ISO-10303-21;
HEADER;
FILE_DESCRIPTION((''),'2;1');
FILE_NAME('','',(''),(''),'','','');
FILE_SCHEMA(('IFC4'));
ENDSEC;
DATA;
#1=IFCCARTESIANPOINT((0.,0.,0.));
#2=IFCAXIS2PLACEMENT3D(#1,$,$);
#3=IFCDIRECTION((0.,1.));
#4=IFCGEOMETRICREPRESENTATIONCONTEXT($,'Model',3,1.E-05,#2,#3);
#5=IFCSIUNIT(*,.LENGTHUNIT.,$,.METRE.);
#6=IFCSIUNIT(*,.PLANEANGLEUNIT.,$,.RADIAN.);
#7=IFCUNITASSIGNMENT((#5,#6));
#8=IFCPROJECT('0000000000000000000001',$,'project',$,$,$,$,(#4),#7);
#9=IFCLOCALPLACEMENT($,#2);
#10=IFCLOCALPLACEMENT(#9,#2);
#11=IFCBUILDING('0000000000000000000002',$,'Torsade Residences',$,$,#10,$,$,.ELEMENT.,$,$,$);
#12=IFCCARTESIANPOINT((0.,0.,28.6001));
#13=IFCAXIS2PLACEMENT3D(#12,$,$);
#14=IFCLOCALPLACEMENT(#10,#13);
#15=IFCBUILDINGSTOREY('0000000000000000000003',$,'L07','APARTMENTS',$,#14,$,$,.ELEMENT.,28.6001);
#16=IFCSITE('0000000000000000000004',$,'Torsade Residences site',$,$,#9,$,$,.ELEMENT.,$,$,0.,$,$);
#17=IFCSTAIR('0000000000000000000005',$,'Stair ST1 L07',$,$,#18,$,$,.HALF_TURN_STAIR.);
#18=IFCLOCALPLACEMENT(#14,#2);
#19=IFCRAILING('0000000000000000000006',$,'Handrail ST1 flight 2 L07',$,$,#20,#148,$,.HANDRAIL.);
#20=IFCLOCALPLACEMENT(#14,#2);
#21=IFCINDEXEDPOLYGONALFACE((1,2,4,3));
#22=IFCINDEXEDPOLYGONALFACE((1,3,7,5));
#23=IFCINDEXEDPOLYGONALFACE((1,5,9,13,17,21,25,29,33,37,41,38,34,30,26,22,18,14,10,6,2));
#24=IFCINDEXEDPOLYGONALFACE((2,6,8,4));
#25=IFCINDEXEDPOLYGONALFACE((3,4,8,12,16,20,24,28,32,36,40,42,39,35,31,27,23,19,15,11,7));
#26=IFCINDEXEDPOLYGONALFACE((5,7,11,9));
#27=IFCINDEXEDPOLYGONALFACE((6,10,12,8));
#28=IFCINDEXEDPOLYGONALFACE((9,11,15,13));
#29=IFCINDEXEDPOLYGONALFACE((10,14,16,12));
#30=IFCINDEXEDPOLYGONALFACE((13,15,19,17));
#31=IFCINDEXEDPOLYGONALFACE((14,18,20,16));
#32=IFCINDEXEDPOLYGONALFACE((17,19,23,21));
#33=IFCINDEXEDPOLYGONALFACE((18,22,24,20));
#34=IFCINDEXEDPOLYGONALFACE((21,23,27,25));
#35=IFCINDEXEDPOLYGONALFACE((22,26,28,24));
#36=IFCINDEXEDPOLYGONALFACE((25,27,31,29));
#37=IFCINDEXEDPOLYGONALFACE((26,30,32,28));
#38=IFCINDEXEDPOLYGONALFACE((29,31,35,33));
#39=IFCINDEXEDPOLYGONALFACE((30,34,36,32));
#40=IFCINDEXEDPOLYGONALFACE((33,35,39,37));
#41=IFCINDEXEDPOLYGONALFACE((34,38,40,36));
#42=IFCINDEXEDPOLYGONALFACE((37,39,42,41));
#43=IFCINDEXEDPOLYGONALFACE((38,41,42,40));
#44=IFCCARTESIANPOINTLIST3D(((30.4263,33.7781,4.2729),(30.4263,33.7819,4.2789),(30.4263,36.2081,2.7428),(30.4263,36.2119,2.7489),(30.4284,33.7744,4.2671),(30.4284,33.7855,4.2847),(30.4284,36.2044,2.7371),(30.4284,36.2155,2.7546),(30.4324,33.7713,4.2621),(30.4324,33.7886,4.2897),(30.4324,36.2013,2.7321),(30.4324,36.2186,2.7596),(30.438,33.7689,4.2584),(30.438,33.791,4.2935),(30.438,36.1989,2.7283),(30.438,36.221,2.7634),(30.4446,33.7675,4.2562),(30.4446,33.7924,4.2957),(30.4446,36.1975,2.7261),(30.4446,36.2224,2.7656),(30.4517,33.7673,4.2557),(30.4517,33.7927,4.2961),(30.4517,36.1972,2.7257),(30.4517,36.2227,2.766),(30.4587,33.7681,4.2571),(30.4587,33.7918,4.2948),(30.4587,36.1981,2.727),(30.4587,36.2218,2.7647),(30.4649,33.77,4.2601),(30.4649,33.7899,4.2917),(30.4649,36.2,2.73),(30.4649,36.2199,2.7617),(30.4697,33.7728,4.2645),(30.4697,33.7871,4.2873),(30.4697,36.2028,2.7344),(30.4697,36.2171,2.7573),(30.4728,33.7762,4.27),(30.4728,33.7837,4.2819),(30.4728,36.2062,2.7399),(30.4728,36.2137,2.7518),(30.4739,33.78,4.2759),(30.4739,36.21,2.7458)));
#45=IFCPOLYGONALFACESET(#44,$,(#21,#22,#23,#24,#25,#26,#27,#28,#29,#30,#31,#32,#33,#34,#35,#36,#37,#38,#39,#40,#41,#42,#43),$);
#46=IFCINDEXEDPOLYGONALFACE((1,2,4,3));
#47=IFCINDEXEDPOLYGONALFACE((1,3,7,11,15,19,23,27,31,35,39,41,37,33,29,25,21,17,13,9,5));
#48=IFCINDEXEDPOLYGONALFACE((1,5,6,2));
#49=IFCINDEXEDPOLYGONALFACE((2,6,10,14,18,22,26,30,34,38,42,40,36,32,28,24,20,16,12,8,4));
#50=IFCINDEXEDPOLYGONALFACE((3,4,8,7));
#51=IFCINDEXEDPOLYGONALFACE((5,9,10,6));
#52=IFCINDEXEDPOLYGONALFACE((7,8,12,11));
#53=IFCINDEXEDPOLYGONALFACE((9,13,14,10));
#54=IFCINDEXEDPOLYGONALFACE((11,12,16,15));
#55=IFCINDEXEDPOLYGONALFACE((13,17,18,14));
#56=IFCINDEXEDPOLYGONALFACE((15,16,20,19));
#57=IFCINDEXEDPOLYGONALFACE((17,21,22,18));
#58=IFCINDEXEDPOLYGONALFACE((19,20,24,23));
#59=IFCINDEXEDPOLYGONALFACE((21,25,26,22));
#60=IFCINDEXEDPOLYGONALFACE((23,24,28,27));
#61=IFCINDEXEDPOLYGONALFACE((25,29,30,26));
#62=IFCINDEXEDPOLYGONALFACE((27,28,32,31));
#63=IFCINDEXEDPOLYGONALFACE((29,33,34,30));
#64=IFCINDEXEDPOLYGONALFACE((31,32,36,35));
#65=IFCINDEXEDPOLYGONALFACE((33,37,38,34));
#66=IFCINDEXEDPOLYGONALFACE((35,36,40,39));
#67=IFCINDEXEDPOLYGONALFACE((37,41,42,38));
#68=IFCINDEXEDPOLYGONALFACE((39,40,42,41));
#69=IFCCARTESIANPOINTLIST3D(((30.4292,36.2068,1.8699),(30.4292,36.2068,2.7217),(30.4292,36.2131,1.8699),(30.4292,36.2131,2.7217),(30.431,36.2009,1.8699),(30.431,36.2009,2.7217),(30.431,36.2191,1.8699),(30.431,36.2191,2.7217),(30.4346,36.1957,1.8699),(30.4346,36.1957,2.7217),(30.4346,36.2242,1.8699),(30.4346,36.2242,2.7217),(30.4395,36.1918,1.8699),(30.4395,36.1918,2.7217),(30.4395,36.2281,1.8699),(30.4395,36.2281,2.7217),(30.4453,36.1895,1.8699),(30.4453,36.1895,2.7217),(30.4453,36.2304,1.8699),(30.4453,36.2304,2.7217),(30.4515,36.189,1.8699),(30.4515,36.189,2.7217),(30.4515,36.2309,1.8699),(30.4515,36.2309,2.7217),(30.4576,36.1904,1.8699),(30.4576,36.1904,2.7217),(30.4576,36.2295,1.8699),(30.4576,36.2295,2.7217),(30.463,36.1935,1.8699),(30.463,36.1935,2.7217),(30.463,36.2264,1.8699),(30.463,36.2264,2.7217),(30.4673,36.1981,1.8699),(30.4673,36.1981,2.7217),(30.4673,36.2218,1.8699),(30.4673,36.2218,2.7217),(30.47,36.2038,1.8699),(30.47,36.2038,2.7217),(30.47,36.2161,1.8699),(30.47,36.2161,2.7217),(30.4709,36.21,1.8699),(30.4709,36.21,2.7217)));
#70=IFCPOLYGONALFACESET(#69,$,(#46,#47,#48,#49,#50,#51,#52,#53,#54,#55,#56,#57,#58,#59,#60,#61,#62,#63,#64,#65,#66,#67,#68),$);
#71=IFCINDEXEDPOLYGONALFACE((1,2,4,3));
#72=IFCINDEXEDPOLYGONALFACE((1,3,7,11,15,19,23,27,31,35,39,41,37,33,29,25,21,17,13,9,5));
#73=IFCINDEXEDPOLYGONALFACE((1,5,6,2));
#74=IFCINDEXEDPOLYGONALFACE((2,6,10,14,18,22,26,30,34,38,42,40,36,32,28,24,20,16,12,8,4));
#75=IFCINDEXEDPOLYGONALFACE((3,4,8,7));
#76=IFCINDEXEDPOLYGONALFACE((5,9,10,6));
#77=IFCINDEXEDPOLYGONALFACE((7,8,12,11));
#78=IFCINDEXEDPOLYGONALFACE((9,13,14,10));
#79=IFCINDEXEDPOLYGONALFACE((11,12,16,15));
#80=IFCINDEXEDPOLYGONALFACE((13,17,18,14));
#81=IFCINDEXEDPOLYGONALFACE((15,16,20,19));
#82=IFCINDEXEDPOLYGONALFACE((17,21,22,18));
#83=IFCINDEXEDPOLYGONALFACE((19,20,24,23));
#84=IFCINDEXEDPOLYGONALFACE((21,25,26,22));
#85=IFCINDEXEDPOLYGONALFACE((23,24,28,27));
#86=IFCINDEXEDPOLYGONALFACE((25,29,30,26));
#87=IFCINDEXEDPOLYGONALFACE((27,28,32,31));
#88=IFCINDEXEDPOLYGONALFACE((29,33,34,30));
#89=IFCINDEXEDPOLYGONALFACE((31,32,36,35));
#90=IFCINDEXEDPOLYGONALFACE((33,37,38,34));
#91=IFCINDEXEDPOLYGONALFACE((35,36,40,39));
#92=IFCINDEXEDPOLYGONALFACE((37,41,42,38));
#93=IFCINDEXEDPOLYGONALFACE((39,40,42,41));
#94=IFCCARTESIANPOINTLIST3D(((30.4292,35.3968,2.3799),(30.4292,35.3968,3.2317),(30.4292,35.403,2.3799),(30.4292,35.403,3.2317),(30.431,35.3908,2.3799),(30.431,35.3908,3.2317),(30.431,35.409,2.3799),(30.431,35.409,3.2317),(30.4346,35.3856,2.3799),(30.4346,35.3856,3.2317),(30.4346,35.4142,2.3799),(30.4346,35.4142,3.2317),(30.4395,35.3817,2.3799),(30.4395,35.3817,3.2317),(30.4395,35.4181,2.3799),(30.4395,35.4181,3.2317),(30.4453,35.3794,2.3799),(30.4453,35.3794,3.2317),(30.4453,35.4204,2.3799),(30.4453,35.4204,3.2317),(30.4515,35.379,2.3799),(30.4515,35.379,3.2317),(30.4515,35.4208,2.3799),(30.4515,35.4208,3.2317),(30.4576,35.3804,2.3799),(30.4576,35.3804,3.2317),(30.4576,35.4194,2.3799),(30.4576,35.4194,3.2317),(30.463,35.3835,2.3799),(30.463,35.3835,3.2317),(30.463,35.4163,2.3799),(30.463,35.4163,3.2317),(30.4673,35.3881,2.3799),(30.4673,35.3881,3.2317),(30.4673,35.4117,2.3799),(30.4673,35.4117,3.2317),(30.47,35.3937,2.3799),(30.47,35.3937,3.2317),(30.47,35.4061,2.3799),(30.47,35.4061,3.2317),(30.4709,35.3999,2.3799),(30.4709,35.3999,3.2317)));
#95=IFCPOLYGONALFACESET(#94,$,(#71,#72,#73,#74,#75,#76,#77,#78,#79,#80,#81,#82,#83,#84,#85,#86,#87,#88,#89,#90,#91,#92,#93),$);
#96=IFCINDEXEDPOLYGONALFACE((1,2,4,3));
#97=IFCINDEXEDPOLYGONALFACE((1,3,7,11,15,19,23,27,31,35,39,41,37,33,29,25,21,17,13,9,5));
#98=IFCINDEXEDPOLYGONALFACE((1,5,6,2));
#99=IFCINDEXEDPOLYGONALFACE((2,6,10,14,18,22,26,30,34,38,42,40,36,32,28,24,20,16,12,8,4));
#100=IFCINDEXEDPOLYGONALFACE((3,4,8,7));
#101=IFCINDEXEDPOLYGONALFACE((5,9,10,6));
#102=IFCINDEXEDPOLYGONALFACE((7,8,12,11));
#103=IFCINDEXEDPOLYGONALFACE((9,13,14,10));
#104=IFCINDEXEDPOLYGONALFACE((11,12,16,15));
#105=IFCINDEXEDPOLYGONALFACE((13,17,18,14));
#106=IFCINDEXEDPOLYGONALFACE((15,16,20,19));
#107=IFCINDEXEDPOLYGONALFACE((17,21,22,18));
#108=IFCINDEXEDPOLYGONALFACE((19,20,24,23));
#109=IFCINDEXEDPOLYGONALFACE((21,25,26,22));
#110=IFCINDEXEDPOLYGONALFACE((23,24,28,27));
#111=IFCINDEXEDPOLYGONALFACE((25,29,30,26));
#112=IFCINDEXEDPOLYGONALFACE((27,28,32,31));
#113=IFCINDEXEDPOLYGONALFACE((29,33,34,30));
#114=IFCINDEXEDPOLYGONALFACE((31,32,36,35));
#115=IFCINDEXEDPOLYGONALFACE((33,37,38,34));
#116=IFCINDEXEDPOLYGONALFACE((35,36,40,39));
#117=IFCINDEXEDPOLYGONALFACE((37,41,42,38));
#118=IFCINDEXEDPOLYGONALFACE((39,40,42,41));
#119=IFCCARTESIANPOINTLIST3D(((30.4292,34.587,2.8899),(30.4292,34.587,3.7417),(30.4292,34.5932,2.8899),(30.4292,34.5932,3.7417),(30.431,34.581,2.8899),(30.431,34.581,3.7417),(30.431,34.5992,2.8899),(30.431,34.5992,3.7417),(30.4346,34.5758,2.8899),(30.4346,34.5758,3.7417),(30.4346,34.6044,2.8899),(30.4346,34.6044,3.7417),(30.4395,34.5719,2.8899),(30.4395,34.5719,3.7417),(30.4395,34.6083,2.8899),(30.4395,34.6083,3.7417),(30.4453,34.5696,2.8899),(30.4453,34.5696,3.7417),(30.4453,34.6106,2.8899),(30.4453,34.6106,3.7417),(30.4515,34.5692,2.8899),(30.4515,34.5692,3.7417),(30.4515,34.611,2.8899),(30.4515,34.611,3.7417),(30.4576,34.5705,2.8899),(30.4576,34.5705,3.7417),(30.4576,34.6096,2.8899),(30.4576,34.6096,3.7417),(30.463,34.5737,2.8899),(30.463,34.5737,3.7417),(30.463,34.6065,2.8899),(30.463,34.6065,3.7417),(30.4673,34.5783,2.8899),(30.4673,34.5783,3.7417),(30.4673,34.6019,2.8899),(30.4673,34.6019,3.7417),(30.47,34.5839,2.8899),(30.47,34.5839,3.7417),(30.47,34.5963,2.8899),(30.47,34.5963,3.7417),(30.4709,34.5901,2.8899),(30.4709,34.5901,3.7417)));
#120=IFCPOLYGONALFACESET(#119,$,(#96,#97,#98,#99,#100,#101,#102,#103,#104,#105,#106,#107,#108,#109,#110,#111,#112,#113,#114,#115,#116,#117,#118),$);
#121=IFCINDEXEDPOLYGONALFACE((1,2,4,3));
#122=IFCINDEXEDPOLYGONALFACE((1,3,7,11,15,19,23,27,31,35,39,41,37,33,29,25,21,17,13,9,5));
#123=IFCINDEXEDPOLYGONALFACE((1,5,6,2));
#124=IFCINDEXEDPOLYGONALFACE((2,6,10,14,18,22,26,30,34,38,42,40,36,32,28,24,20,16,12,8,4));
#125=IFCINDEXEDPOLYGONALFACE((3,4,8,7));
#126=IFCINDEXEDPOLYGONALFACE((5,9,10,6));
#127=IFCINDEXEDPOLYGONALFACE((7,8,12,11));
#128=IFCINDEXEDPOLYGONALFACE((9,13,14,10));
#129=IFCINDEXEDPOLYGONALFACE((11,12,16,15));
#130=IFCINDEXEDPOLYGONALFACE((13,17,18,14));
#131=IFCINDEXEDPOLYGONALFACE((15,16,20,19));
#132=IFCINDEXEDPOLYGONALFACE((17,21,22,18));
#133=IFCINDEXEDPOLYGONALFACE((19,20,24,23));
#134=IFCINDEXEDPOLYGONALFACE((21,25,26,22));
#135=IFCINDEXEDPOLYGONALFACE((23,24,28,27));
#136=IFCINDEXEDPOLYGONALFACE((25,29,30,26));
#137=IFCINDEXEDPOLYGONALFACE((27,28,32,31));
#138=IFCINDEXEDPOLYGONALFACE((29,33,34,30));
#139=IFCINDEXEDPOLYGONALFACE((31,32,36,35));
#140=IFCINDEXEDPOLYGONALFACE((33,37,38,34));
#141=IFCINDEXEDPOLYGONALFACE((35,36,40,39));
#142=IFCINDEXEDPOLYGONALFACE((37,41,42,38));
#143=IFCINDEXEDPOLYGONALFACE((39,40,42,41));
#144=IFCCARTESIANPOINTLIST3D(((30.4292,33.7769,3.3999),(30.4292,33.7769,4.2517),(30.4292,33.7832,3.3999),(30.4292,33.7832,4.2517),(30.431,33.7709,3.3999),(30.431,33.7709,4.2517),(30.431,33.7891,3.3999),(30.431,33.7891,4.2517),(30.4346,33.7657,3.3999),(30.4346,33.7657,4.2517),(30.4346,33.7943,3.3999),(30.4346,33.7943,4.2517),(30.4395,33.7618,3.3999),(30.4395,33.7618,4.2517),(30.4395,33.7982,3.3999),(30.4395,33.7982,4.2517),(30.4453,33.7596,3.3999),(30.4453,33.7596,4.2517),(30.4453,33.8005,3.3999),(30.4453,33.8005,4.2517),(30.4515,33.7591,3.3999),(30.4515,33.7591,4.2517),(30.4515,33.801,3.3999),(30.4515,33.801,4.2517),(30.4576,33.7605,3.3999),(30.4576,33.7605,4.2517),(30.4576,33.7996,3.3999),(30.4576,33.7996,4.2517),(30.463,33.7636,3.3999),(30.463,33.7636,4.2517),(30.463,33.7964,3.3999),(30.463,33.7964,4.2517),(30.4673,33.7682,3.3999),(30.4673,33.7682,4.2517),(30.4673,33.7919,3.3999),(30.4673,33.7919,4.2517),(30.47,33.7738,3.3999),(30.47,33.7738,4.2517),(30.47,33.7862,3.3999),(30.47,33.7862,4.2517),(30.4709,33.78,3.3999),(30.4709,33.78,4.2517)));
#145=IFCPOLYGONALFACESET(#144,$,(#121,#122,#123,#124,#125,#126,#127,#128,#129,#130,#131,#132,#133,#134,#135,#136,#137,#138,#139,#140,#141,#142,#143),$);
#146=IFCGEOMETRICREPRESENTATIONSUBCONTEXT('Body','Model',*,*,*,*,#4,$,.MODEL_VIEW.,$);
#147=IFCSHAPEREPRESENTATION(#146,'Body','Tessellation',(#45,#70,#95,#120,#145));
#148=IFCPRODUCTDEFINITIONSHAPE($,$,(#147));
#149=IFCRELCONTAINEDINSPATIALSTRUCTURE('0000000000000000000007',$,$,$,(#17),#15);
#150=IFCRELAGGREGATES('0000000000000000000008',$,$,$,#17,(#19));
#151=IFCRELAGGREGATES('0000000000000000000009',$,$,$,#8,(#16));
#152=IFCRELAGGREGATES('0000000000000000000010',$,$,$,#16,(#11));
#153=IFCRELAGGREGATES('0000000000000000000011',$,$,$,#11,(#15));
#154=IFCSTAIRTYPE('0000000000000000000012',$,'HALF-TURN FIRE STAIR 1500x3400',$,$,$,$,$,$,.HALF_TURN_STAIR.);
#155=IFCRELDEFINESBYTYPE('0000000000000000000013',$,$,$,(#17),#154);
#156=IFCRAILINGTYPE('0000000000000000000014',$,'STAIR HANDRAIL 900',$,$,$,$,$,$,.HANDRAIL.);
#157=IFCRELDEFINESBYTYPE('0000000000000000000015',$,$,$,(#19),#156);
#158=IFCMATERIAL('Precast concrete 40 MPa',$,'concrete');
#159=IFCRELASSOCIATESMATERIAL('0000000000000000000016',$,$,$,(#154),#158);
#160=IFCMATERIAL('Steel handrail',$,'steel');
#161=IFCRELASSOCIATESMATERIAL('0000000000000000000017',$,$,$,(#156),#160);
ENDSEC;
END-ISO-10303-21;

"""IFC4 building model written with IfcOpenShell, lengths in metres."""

from ifc_helpers import new_model, si_unit, direction, frame, origin, origin_2d, place, context, subcontext, project, spatial, circle, extrude, material, type_object, element, aggregate, save


model = new_model("IFC4")

# Units and contexts
model_context = context("Model", 3, precision=1e-05, world=origin(), true_north=direction((0.0, 1.0)))
body_context = subcontext(model_context, "Body", "Model", "MODEL_VIEW")
ifc_project = project(units=[si_unit("LENGTHUNIT", "METRE"), si_unit("PLANEANGLEUNIT", "RADIAN")], contexts=[model_context])

# Site, building, storey
site_placement = place(None, origin())
site = spatial("IfcSite", under=ifc_project, at=site_placement, Name="Torsade Residences site", CompositionType="ELEMENT", RefElevation=0.0)
building_placement = place(site_placement, origin())
building = spatial("IfcBuilding", under=site, at=building_placement, Name="Torsade Residences", CompositionType="ELEMENT")
storey_placement = place(building_placement, frame((0.0, 0.0, 28.6001)))
storey = spatial("IfcBuildingStorey", under=building, at=storey_placement, Name="L07", Description="APARTMENTS", CompositionType="ELEMENT", Elevation=28.6001)

# Stair, railing
ifc_material_1 = material(Name="Precast concrete 40 MPa", Category="concrete")
stair_type = type_object("IfcStairType", Name="HALF-TURN FIRE STAIR 1500x3400", PredefinedType="HALF_TURN_STAIR", material=ifc_material_1)
stair_placement = place(storey_placement, origin())
stair = element("IfcStair", 1, at=stair_placement, inside=storey, type_object=stair_type, Name="Stair ST1 L07", PredefinedType="HALF_TURN_STAIR")
ifc_material_2 = material(Name="Steel handrail", Category="steel")
railing_type = type_object("IfcRailingType", Name="STAIR HANDRAIL 900", PredefinedType="HANDRAIL", material=ifc_material_2)
railing_1_placement = place(storey_placement, frame((30.45, 36.21, 1.8699)))
railing_1 = element("IfcRailing", 2, at=railing_1_placement, type_object=railing_type, Name="Handrail ST1 flight 2 L07", PredefinedType="HANDRAIL", context=body_context, shape_type="SweptSolid", body=[
    extrude(circle(Radius=0.0239, at=origin_2d()), frame((0.0, 0.0, 0.876), z_axis=(0.0, -0.846221, 0.532831), x_axis=(1.0, 0.0, 0.0)), (0.0, 0.0, 1.0), 2.8716),
    extrude(circle(Radius=0.021, at=origin_2d()), origin(), (0.0, 0.0, 1.0), 0.8518),
    extrude(circle(Radius=0.021, at=origin_2d()), frame((0.0, -0.8101, 0.51)), (0.0, 0.0, 1.0), 0.8518),
    extrude(circle(Radius=0.021, at=origin_2d()), frame((0.0, -1.6199, 1.02)), (0.0, 0.0, 1.0), 0.8518),
    extrude(circle(Radius=0.021, at=origin_2d()), frame((0.0, -2.4299, 1.53)), (0.0, 0.0, 1.0), 0.8518),
])
aggregate(stair, [railing_1])

save(model, "model.ifc")
